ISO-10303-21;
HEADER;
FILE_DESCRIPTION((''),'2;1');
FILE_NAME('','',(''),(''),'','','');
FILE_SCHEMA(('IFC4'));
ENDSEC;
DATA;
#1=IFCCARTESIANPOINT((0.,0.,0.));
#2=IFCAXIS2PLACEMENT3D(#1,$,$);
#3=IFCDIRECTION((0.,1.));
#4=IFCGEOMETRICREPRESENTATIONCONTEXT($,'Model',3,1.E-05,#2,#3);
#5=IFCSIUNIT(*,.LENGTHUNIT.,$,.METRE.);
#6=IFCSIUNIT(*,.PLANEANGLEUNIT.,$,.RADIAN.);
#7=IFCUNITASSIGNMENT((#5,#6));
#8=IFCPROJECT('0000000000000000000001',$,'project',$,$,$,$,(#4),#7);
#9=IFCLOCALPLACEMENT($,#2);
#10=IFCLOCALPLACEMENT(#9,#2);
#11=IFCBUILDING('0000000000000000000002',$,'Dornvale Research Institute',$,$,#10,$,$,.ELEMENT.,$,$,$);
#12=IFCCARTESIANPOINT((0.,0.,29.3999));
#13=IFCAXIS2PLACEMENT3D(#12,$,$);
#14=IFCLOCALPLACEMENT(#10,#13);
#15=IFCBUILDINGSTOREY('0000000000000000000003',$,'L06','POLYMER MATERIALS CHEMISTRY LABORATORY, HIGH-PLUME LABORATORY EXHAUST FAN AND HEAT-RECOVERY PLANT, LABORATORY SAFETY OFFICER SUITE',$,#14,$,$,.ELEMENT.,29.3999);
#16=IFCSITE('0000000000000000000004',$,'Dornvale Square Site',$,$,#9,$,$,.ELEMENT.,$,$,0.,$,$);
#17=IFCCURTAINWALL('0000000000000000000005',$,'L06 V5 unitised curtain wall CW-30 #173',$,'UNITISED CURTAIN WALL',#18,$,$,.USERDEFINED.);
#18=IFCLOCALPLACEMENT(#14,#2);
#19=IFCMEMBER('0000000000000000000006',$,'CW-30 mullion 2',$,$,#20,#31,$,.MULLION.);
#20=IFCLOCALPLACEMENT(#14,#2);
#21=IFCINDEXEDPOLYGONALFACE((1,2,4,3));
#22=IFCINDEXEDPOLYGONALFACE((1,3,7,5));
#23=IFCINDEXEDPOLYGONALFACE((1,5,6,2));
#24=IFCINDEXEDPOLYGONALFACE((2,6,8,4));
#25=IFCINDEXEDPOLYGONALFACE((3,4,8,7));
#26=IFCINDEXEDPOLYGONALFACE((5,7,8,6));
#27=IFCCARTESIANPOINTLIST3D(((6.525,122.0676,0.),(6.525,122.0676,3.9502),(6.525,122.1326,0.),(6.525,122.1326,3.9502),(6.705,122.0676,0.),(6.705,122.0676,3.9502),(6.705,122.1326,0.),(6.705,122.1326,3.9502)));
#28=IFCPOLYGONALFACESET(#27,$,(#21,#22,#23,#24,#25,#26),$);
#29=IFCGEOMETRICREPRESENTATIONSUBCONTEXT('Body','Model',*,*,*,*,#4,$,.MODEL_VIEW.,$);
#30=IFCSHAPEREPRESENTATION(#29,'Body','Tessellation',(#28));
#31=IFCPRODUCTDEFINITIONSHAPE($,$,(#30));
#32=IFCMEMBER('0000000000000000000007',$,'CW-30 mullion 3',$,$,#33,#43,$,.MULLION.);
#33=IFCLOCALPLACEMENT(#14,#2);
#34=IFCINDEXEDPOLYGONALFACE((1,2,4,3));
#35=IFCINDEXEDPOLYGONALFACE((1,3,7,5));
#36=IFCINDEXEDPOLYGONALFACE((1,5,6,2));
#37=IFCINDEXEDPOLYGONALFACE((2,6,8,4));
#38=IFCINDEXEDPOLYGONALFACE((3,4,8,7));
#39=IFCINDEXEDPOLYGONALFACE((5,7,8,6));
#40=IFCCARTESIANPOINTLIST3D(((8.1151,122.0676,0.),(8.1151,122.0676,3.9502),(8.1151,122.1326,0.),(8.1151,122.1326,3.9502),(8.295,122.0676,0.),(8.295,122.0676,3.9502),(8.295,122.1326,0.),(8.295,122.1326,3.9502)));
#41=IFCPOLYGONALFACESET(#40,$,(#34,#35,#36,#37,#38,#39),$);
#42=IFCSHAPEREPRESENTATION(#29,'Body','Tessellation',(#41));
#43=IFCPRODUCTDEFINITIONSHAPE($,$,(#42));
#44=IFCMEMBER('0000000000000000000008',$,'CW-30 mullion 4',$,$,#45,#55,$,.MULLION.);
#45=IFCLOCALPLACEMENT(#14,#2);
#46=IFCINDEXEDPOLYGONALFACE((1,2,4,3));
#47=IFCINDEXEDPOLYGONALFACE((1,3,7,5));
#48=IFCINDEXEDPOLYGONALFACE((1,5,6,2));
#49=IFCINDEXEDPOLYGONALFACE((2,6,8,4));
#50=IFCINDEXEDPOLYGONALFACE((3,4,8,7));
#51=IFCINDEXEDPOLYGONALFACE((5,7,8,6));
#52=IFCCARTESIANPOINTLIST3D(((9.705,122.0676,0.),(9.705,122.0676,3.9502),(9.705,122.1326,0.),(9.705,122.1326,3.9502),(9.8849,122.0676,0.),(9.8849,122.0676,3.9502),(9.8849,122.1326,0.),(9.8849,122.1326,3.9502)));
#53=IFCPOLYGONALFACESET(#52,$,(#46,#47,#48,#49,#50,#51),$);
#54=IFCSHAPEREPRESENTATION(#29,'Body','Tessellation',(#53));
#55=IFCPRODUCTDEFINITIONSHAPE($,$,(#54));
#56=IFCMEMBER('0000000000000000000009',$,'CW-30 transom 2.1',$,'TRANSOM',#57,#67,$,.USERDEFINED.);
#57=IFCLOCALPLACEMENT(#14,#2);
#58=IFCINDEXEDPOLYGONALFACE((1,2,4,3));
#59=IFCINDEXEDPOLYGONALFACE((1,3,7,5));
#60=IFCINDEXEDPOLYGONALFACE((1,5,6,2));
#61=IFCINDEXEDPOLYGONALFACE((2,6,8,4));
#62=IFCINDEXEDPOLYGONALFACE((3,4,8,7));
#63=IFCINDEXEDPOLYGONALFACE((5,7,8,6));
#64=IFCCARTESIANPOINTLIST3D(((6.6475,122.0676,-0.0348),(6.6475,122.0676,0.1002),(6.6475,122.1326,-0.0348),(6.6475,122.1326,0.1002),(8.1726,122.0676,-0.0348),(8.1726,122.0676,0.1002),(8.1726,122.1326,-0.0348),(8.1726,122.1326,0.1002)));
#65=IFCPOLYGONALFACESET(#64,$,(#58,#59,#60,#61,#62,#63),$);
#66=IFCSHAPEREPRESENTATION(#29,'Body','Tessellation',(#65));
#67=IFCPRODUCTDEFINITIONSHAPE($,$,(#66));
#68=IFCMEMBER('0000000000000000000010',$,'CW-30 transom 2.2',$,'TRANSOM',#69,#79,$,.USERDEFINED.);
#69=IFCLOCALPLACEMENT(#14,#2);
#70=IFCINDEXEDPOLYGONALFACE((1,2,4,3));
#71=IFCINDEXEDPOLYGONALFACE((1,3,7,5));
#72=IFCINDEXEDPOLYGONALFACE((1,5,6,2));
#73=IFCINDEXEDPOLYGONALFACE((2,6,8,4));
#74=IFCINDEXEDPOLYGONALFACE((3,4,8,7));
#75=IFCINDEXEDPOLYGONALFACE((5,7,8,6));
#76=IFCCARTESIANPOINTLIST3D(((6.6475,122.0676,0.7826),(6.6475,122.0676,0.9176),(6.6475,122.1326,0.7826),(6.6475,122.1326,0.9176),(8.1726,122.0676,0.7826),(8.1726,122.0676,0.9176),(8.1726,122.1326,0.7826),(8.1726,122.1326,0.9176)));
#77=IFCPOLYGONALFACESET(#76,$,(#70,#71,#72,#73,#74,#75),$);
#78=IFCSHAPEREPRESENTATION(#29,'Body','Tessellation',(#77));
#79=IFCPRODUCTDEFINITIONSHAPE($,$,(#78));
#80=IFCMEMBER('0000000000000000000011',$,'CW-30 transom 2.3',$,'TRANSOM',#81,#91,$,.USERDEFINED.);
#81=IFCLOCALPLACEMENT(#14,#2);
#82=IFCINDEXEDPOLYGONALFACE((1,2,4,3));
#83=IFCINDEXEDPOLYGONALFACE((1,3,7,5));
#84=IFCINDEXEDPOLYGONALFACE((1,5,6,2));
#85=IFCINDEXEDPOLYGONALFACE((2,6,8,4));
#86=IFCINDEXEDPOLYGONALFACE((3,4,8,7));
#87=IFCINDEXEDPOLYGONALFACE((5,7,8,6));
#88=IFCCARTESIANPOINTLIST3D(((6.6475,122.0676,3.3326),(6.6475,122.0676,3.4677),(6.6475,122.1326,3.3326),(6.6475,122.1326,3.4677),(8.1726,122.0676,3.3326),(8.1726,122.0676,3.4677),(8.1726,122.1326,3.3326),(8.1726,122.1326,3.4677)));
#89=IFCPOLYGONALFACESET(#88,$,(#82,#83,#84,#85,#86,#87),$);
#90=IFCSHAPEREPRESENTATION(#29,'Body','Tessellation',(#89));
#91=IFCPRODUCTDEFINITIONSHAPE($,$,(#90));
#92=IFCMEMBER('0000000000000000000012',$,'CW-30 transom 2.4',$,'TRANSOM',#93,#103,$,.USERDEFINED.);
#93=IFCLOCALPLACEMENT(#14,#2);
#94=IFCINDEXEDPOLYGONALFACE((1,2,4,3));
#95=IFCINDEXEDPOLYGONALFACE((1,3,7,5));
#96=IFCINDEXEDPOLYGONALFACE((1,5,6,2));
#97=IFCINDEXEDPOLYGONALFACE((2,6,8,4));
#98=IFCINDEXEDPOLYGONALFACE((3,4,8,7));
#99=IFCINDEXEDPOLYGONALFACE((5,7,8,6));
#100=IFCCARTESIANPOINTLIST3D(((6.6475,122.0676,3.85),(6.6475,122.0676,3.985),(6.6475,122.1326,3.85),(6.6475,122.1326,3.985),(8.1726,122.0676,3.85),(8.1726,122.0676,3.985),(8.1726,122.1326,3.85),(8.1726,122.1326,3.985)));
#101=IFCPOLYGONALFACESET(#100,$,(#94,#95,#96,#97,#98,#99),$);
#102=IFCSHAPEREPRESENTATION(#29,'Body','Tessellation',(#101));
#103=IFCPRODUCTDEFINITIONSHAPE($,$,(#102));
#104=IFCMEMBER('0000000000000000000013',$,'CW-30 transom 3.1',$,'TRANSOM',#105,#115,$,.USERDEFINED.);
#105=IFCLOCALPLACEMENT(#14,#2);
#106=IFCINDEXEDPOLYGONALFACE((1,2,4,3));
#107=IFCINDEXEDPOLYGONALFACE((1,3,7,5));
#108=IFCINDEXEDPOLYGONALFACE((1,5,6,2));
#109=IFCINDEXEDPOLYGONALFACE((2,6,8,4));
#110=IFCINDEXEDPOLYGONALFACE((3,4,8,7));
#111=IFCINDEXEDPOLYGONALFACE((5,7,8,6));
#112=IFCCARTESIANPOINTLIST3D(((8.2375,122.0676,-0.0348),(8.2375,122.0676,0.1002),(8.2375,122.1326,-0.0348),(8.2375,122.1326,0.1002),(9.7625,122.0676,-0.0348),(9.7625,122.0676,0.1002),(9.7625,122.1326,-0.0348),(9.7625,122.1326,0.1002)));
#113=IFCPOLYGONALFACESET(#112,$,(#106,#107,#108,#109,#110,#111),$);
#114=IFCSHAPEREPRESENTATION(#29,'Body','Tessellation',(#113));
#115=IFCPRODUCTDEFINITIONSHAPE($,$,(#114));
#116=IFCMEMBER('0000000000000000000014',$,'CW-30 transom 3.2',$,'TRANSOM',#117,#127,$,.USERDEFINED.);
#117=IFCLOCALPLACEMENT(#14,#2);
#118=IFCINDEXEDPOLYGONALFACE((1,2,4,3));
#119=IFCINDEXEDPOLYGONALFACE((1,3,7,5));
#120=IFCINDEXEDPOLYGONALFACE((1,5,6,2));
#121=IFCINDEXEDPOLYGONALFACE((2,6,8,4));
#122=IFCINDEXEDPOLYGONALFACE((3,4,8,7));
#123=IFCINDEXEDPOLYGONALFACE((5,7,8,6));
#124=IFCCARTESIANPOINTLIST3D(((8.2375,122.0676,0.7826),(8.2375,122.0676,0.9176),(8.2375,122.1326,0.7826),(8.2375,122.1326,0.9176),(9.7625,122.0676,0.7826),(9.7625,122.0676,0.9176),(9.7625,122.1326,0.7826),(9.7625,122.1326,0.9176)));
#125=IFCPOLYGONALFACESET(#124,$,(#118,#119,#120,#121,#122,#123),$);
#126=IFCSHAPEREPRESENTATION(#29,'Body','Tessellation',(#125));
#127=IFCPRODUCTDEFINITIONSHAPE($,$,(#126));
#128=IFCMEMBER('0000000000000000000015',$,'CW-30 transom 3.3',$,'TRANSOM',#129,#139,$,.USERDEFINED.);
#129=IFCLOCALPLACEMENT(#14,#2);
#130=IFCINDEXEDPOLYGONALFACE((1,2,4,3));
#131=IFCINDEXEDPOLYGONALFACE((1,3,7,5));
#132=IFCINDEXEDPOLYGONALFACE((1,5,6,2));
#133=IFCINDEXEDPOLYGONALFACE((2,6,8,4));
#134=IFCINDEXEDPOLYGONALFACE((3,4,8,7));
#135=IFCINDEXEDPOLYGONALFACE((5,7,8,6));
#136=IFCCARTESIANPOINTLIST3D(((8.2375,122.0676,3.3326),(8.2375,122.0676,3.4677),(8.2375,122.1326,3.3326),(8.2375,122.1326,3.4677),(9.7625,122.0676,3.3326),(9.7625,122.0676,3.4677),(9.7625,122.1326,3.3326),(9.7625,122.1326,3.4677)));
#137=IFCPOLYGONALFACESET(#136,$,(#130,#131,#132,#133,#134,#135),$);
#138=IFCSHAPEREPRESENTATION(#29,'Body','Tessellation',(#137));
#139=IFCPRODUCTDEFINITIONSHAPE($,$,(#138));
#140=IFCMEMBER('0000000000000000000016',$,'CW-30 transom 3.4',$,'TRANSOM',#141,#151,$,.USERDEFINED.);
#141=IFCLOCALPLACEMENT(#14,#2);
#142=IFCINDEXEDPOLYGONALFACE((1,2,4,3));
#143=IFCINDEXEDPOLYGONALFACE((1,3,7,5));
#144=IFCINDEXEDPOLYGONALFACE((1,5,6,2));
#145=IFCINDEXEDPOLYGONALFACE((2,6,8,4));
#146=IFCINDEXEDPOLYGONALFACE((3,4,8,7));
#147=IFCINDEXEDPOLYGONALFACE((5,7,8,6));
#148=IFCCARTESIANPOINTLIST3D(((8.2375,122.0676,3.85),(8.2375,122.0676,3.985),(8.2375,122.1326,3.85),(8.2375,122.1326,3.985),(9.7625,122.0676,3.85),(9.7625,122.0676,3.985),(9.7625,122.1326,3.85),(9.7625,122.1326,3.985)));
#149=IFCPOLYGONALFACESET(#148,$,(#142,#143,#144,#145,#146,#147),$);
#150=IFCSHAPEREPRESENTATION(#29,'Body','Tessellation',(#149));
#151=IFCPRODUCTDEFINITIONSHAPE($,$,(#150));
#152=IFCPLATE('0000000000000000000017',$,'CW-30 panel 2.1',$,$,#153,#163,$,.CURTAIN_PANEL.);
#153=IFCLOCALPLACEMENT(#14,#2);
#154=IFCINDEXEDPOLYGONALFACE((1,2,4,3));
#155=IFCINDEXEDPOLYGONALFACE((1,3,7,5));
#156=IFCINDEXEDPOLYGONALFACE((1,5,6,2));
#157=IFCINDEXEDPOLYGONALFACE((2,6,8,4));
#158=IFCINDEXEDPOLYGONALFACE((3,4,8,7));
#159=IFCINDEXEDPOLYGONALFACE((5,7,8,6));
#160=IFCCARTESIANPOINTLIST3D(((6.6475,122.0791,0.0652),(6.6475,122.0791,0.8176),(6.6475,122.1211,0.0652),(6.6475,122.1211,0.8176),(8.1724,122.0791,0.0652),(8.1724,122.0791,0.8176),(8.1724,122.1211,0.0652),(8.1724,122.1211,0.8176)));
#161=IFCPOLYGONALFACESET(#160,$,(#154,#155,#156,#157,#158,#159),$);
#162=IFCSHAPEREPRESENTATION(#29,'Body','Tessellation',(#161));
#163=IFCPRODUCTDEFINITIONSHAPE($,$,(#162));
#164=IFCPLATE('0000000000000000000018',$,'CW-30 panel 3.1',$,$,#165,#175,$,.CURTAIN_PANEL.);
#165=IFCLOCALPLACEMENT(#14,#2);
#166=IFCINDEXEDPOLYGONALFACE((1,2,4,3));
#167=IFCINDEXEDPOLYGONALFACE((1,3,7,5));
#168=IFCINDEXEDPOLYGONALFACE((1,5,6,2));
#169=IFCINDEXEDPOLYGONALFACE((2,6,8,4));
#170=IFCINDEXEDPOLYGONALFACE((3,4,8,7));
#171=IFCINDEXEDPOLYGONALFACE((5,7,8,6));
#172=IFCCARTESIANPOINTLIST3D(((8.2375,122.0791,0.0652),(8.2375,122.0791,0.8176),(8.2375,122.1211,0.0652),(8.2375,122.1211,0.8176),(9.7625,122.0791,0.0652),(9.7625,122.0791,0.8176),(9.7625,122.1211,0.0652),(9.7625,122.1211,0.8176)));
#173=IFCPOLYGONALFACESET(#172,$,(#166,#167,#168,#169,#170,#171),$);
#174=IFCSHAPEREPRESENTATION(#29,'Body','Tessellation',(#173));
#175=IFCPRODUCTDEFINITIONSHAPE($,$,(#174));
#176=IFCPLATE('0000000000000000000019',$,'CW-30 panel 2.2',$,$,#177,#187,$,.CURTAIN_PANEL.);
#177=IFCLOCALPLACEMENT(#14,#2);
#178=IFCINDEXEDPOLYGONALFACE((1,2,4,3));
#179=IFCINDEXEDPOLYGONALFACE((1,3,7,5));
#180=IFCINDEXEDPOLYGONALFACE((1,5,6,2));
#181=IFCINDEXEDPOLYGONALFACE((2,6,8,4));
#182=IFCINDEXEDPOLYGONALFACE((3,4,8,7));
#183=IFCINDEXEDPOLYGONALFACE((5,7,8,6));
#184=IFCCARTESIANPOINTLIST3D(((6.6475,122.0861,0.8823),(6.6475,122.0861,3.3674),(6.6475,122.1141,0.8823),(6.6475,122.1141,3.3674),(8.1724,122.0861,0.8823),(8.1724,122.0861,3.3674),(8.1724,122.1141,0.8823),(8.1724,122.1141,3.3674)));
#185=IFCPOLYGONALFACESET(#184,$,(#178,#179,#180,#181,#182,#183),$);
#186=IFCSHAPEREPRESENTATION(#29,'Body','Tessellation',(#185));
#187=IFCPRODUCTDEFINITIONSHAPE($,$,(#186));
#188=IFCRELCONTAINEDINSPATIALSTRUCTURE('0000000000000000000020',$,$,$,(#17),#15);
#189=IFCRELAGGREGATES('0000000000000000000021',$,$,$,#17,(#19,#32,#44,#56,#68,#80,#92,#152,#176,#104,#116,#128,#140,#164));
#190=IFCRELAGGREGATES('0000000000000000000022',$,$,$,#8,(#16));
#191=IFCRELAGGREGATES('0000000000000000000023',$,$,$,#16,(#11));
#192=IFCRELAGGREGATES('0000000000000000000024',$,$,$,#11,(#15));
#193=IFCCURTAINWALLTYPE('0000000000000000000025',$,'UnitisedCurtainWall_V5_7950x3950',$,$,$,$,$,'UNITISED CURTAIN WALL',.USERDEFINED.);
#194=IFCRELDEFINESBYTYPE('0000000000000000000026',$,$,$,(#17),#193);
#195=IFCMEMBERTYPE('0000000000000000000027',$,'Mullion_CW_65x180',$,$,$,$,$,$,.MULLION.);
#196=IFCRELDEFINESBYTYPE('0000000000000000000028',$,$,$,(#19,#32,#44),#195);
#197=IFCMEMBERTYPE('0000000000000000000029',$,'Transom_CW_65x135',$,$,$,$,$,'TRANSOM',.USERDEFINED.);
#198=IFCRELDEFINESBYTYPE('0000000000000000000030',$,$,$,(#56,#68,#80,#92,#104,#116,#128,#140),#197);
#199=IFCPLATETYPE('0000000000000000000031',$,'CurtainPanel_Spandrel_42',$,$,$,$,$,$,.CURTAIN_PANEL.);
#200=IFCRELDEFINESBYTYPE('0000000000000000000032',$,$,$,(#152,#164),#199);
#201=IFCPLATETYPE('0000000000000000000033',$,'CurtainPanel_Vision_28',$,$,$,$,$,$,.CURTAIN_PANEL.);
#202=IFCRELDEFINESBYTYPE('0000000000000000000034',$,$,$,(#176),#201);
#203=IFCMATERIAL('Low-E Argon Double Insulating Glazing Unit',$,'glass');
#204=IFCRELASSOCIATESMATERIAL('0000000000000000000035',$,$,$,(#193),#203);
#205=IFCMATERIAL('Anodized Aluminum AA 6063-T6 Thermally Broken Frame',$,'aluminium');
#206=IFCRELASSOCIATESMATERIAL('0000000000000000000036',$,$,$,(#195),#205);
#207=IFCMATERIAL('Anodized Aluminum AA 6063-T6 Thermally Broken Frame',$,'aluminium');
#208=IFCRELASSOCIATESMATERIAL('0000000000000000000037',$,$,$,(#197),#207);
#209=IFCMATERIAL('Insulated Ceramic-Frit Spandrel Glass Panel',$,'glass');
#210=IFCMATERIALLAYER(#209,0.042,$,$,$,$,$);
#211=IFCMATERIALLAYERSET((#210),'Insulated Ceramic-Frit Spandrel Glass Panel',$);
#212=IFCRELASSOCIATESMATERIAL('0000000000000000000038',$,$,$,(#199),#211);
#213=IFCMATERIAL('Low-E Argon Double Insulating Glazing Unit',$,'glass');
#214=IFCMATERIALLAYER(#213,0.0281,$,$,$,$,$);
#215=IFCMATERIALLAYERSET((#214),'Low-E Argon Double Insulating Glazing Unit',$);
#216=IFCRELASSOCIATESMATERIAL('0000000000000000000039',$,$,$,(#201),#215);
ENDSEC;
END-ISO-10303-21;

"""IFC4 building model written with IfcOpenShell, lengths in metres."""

from ifc_helpers import new_model, si_unit, direction, frame, origin, origin_2d, place, context, subcontext, project, spatial, rectangle, extrude, material, layer, layer_set, material_profile, profile_set, type_object, element, aggregate, save


model = new_model("IFC4")

# Units and contexts
model_context = context("Model", 3, precision=1e-05, world=origin(), true_north=direction((0.0, 1.0)))
body_context = subcontext(model_context, "Body", "Model", "MODEL_VIEW")
ifc_project = project(units=[si_unit("LENGTHUNIT", "METRE"), si_unit("PLANEANGLEUNIT", "RADIAN")], contexts=[model_context])

# Site, building, storey
site_placement = place(None, origin())
site = spatial("IfcSite", under=ifc_project, at=site_placement, Name="Dornvale Square Site", CompositionType="ELEMENT", RefElevation=0.0)
building_placement = place(site_placement, origin())
building = spatial("IfcBuilding", under=site, at=building_placement, Name="Dornvale Research Institute", CompositionType="ELEMENT")
storey_placement = place(building_placement, frame((0.0, 0.0, 29.3999)))
storey = spatial("IfcBuildingStorey", under=building, at=storey_placement, Name="L06", Description="POLYMER MATERIALS CHEMISTRY LABORATORY, HIGH-PLUME LABORATORY EXHAUST FAN AND HEAT-RECOVERY PLANT, LABORATORY SAFETY OFFICER SUITE", CompositionType="ELEMENT", Elevation=29.3999)

# Curtain wall, members, plates
ifc_material_1 = material(Name="Low-E Argon Double Insulating Glazing Unit", Category="glass")
curtain_wall_type = type_object("IfcCurtainWallType", Name="UnitisedCurtainWall_V5_7950x3950", ElementType="UNITISED CURTAIN WALL", PredefinedType="USERDEFINED", material=ifc_material_1)
curtain_wall_placement = place(storey_placement, origin())
curtain_wall = element("IfcCurtainWall", 1, at=curtain_wall_placement, inside=storey, type_object=curtain_wall_type, Name="L06 V5 unitised curtain wall CW-30 #173", ObjectType="UNITISED CURTAIN WALL", PredefinedType="USERDEFINED")
ifc_material_2 = material(Name="Anodized Aluminum AA 6063-T6 Thermally Broken Frame", Category="aluminium")
ifc_material_profile_1 = material_profile(ifc_material_2, rectangle(XDim=0.0649, YDim=0.1799, at=origin_2d()), Name="ALU MULLION 65x180")
ifc_profile_set_1 = profile_set([ifc_material_profile_1], Name="Anodized Aluminum AA 6063-T6 Thermally Broken Frame")
member_type_1 = type_object("IfcMemberType", Name="Mullion_CW_65x180", PredefinedType="MULLION", material=ifc_profile_set_1)
member_1_placement = place(storey_placement, frame((6.615, 122.1001, 0.0), z_axis=(0.0, 0.0, 1.0), x_axis=(0.0, 1.0, 0.0)))
member_1 = element("IfcMember", 2, at=member_1_placement, type_object=member_type_1, Name="CW-30 mullion 2", PredefinedType="MULLION", context=body_context, shape_type="SweptSolid", body=[
    extrude(rectangle(XDim=0.0649, YDim=0.1799, at=origin_2d()), origin(), (0.0, 0.0, 1.0), 3.9502),
])
member_2_placement = place(storey_placement, frame((8.2051, 122.1001, 0.0), z_axis=(0.0, 0.0, 1.0), x_axis=(0.0, 1.0, 0.0)))
member_2 = element("IfcMember", 3, at=member_2_placement, type_object=member_type_1, Name="CW-30 mullion 3", PredefinedType="MULLION", context=body_context, shape_type="SweptSolid", body=[
    extrude(rectangle(XDim=0.0649, YDim=0.1799, at=origin_2d()), origin(), (0.0, 0.0, 1.0), 3.9502),
])
member_3_placement = place(storey_placement, frame((9.7949, 122.1001, 0.0), z_axis=(0.0, 0.0, 1.0), x_axis=(0.0, 1.0, 0.0)))
member_3 = element("IfcMember", 4, at=member_3_placement, type_object=member_type_1, Name="CW-30 mullion 4", PredefinedType="MULLION", context=body_context, shape_type="SweptSolid", body=[
    extrude(rectangle(XDim=0.0649, YDim=0.1799, at=origin_2d()), origin(), (0.0, 0.0, 1.0), 3.9502),
])
ifc_material_3 = material(Name="Anodized Aluminum AA 6063-T6 Thermally Broken Frame", Category="aluminium")
ifc_material_profile_2 = material_profile(ifc_material_3, rectangle(XDim=0.0649, YDim=0.135, at=origin_2d()), Name="ALU TRANSOM 65x135")
ifc_profile_set_2 = profile_set([ifc_material_profile_2], Name="Anodized Aluminum AA 6063-T6 Thermally Broken Frame")
member_type_2 = type_object("IfcMemberType", Name="Transom_CW_65x135", ElementType="TRANSOM", PredefinedType="USERDEFINED", material=ifc_profile_set_2)
member_4_placement = place(storey_placement, frame((6.6475, 122.1001, 0.0327), z_axis=(1.0, 0.0, 0.0), x_axis=(0.0, 1.0, 0.0)))
member_4 = element("IfcMember", 5, at=member_4_placement, type_object=member_type_2, Name="CW-30 transom 2.1", ObjectType="TRANSOM", PredefinedType="USERDEFINED", context=body_context, shape_type="SweptSolid", body=[
    extrude(rectangle(XDim=0.0649, YDim=0.135, at=origin_2d()), origin(), (0.0, 0.0, 1.0), 1.5251),
])
member_5_placement = place(storey_placement, frame((6.6475, 122.1001, 0.8501), z_axis=(1.0, 0.0, 0.0), x_axis=(0.0, 1.0, 0.0)))
member_5 = element("IfcMember", 6, at=member_5_placement, type_object=member_type_2, Name="CW-30 transom 2.2", ObjectType="TRANSOM", PredefinedType="USERDEFINED", context=body_context, shape_type="SweptSolid", body=[
    extrude(rectangle(XDim=0.0649, YDim=0.135, at=origin_2d()), origin(), (0.0, 0.0, 1.0), 1.5251),
])
member_6_placement = place(storey_placement, frame((6.6475, 122.1001, 3.4001), z_axis=(1.0, 0.0, 0.0), x_axis=(0.0, 1.0, 0.0)))
member_6 = element("IfcMember", 7, at=member_6_placement, type_object=member_type_2, Name="CW-30 transom 2.3", ObjectType="TRANSOM", PredefinedType="USERDEFINED", context=body_context, shape_type="SweptSolid", body=[
    extrude(rectangle(XDim=0.0649, YDim=0.135, at=origin_2d()), origin(), (0.0, 0.0, 1.0), 1.5251),
])
member_7_placement = place(storey_placement, frame((6.6475, 122.1001, 3.9175), z_axis=(1.0, 0.0, 0.0), x_axis=(0.0, 1.0, 0.0)))
member_7 = element("IfcMember", 8, at=member_7_placement, type_object=member_type_2, Name="CW-30 transom 2.4", ObjectType="TRANSOM", PredefinedType="USERDEFINED", context=body_context, shape_type="SweptSolid", body=[
    extrude(rectangle(XDim=0.0649, YDim=0.135, at=origin_2d()), origin(), (0.0, 0.0, 1.0), 1.5251),
])
member_8_placement = place(storey_placement, frame((8.2375, 122.1001, 0.0327), z_axis=(1.0, 0.0, 0.0), x_axis=(0.0, 1.0, 0.0)))
member_8 = element("IfcMember", 9, at=member_8_placement, type_object=member_type_2, Name="CW-30 transom 3.1", ObjectType="TRANSOM", PredefinedType="USERDEFINED", context=body_context, shape_type="SweptSolid", body=[
    extrude(rectangle(XDim=0.0649, YDim=0.135, at=origin_2d()), origin(), (0.0, 0.0, 1.0), 1.5249),
])
member_9_placement = place(storey_placement, frame((8.2375, 122.1001, 0.8501), z_axis=(1.0, 0.0, 0.0), x_axis=(0.0, 1.0, 0.0)))
member_9 = element("IfcMember", 10, at=member_9_placement, type_object=member_type_2, Name="CW-30 transom 3.2", ObjectType="TRANSOM", PredefinedType="USERDEFINED", context=body_context, shape_type="SweptSolid", body=[
    extrude(rectangle(XDim=0.0649, YDim=0.135, at=origin_2d()), origin(), (0.0, 0.0, 1.0), 1.5249),
])
member_10_placement = place(storey_placement, frame((8.2375, 122.1001, 3.4001), z_axis=(1.0, 0.0, 0.0), x_axis=(0.0, 1.0, 0.0)))
member_10 = element("IfcMember", 11, at=member_10_placement, type_object=member_type_2, Name="CW-30 transom 3.3", ObjectType="TRANSOM", PredefinedType="USERDEFINED", context=body_context, shape_type="SweptSolid", body=[
    extrude(rectangle(XDim=0.0649, YDim=0.135, at=origin_2d()), origin(), (0.0, 0.0, 1.0), 1.5249),
])
member_11_placement = place(storey_placement, frame((8.2375, 122.1001, 3.9175), z_axis=(1.0, 0.0, 0.0), x_axis=(0.0, 1.0, 0.0)))
member_11 = element("IfcMember", 12, at=member_11_placement, type_object=member_type_2, Name="CW-30 transom 3.4", ObjectType="TRANSOM", PredefinedType="USERDEFINED", context=body_context, shape_type="SweptSolid", body=[
    extrude(rectangle(XDim=0.0649, YDim=0.135, at=origin_2d()), origin(), (0.0, 0.0, 1.0), 1.5249),
])
ifc_material_4 = material(Name="Insulated Ceramic-Frit Spandrel Glass Panel", Category="glass")
ifc_layer_1 = layer(ifc_material_4, 0.042)
ifc_layer_set_1 = layer_set([ifc_layer_1], Name="Insulated Ceramic-Frit Spandrel Glass Panel")
plate_type_1 = type_object("IfcPlateType", Name="CurtainPanel_Spandrel_42", PredefinedType="CURTAIN_PANEL", material=ifc_layer_set_1)
plate_1_placement = place(storey_placement, frame((7.4099, 122.1001, 0.0652), z_axis=(0.0, 0.0, 1.0), x_axis=(1.0, 0.0, 0.0)))
plate_1 = element("IfcPlate", 13, at=plate_1_placement, type_object=plate_type_1, Name="CW-30 panel 2.1", PredefinedType="CURTAIN_PANEL", context=body_context, shape_type="SweptSolid", body=[
    extrude(rectangle(XDim=1.5249, YDim=0.042, at=origin_2d()), origin(), (0.0, 0.0, 1.0), 0.7524),
])
plate_2_placement = place(storey_placement, frame((9.0, 122.1001, 0.0652), z_axis=(0.0, 0.0, 1.0), x_axis=(1.0, 0.0, 0.0)))
plate_2 = element("IfcPlate", 14, at=plate_2_placement, type_object=plate_type_1, Name="CW-30 panel 3.1", PredefinedType="CURTAIN_PANEL", context=body_context, shape_type="SweptSolid", body=[
    extrude(rectangle(XDim=1.5249, YDim=0.042, at=origin_2d()), origin(), (0.0, 0.0, 1.0), 0.7524),
])
ifc_material_5 = material(Name="Low-E Argon Double Insulating Glazing Unit", Category="glass")
ifc_layer_2 = layer(ifc_material_5, 0.0281)
ifc_layer_set_2 = layer_set([ifc_layer_2], Name="Low-E Argon Double Insulating Glazing Unit")
plate_type_2 = type_object("IfcPlateType", Name="CurtainPanel_Vision_28", PredefinedType="CURTAIN_PANEL", material=ifc_layer_set_2)
plate_3_placement = place(storey_placement, frame((7.4099, 122.1001, 0.8823), z_axis=(0.0, 0.0, 1.0), x_axis=(1.0, 0.0, 0.0)))
plate_3 = element("IfcPlate", 15, at=plate_3_placement, type_object=plate_type_2, Name="CW-30 panel 2.2", PredefinedType="CURTAIN_PANEL", context=body_context, shape_type="SweptSolid", body=[
    extrude(rectangle(XDim=1.5249, YDim=0.0281, at=origin_2d()), origin(), (0.0, 0.0, 1.0), 2.4851),
])
aggregate(curtain_wall, [member_1, member_2, member_3, member_4, member_5, member_6, member_7, plate_1, plate_3, member_8, member_9, member_10, member_11, plate_2])

save(model, "model.ifc")
